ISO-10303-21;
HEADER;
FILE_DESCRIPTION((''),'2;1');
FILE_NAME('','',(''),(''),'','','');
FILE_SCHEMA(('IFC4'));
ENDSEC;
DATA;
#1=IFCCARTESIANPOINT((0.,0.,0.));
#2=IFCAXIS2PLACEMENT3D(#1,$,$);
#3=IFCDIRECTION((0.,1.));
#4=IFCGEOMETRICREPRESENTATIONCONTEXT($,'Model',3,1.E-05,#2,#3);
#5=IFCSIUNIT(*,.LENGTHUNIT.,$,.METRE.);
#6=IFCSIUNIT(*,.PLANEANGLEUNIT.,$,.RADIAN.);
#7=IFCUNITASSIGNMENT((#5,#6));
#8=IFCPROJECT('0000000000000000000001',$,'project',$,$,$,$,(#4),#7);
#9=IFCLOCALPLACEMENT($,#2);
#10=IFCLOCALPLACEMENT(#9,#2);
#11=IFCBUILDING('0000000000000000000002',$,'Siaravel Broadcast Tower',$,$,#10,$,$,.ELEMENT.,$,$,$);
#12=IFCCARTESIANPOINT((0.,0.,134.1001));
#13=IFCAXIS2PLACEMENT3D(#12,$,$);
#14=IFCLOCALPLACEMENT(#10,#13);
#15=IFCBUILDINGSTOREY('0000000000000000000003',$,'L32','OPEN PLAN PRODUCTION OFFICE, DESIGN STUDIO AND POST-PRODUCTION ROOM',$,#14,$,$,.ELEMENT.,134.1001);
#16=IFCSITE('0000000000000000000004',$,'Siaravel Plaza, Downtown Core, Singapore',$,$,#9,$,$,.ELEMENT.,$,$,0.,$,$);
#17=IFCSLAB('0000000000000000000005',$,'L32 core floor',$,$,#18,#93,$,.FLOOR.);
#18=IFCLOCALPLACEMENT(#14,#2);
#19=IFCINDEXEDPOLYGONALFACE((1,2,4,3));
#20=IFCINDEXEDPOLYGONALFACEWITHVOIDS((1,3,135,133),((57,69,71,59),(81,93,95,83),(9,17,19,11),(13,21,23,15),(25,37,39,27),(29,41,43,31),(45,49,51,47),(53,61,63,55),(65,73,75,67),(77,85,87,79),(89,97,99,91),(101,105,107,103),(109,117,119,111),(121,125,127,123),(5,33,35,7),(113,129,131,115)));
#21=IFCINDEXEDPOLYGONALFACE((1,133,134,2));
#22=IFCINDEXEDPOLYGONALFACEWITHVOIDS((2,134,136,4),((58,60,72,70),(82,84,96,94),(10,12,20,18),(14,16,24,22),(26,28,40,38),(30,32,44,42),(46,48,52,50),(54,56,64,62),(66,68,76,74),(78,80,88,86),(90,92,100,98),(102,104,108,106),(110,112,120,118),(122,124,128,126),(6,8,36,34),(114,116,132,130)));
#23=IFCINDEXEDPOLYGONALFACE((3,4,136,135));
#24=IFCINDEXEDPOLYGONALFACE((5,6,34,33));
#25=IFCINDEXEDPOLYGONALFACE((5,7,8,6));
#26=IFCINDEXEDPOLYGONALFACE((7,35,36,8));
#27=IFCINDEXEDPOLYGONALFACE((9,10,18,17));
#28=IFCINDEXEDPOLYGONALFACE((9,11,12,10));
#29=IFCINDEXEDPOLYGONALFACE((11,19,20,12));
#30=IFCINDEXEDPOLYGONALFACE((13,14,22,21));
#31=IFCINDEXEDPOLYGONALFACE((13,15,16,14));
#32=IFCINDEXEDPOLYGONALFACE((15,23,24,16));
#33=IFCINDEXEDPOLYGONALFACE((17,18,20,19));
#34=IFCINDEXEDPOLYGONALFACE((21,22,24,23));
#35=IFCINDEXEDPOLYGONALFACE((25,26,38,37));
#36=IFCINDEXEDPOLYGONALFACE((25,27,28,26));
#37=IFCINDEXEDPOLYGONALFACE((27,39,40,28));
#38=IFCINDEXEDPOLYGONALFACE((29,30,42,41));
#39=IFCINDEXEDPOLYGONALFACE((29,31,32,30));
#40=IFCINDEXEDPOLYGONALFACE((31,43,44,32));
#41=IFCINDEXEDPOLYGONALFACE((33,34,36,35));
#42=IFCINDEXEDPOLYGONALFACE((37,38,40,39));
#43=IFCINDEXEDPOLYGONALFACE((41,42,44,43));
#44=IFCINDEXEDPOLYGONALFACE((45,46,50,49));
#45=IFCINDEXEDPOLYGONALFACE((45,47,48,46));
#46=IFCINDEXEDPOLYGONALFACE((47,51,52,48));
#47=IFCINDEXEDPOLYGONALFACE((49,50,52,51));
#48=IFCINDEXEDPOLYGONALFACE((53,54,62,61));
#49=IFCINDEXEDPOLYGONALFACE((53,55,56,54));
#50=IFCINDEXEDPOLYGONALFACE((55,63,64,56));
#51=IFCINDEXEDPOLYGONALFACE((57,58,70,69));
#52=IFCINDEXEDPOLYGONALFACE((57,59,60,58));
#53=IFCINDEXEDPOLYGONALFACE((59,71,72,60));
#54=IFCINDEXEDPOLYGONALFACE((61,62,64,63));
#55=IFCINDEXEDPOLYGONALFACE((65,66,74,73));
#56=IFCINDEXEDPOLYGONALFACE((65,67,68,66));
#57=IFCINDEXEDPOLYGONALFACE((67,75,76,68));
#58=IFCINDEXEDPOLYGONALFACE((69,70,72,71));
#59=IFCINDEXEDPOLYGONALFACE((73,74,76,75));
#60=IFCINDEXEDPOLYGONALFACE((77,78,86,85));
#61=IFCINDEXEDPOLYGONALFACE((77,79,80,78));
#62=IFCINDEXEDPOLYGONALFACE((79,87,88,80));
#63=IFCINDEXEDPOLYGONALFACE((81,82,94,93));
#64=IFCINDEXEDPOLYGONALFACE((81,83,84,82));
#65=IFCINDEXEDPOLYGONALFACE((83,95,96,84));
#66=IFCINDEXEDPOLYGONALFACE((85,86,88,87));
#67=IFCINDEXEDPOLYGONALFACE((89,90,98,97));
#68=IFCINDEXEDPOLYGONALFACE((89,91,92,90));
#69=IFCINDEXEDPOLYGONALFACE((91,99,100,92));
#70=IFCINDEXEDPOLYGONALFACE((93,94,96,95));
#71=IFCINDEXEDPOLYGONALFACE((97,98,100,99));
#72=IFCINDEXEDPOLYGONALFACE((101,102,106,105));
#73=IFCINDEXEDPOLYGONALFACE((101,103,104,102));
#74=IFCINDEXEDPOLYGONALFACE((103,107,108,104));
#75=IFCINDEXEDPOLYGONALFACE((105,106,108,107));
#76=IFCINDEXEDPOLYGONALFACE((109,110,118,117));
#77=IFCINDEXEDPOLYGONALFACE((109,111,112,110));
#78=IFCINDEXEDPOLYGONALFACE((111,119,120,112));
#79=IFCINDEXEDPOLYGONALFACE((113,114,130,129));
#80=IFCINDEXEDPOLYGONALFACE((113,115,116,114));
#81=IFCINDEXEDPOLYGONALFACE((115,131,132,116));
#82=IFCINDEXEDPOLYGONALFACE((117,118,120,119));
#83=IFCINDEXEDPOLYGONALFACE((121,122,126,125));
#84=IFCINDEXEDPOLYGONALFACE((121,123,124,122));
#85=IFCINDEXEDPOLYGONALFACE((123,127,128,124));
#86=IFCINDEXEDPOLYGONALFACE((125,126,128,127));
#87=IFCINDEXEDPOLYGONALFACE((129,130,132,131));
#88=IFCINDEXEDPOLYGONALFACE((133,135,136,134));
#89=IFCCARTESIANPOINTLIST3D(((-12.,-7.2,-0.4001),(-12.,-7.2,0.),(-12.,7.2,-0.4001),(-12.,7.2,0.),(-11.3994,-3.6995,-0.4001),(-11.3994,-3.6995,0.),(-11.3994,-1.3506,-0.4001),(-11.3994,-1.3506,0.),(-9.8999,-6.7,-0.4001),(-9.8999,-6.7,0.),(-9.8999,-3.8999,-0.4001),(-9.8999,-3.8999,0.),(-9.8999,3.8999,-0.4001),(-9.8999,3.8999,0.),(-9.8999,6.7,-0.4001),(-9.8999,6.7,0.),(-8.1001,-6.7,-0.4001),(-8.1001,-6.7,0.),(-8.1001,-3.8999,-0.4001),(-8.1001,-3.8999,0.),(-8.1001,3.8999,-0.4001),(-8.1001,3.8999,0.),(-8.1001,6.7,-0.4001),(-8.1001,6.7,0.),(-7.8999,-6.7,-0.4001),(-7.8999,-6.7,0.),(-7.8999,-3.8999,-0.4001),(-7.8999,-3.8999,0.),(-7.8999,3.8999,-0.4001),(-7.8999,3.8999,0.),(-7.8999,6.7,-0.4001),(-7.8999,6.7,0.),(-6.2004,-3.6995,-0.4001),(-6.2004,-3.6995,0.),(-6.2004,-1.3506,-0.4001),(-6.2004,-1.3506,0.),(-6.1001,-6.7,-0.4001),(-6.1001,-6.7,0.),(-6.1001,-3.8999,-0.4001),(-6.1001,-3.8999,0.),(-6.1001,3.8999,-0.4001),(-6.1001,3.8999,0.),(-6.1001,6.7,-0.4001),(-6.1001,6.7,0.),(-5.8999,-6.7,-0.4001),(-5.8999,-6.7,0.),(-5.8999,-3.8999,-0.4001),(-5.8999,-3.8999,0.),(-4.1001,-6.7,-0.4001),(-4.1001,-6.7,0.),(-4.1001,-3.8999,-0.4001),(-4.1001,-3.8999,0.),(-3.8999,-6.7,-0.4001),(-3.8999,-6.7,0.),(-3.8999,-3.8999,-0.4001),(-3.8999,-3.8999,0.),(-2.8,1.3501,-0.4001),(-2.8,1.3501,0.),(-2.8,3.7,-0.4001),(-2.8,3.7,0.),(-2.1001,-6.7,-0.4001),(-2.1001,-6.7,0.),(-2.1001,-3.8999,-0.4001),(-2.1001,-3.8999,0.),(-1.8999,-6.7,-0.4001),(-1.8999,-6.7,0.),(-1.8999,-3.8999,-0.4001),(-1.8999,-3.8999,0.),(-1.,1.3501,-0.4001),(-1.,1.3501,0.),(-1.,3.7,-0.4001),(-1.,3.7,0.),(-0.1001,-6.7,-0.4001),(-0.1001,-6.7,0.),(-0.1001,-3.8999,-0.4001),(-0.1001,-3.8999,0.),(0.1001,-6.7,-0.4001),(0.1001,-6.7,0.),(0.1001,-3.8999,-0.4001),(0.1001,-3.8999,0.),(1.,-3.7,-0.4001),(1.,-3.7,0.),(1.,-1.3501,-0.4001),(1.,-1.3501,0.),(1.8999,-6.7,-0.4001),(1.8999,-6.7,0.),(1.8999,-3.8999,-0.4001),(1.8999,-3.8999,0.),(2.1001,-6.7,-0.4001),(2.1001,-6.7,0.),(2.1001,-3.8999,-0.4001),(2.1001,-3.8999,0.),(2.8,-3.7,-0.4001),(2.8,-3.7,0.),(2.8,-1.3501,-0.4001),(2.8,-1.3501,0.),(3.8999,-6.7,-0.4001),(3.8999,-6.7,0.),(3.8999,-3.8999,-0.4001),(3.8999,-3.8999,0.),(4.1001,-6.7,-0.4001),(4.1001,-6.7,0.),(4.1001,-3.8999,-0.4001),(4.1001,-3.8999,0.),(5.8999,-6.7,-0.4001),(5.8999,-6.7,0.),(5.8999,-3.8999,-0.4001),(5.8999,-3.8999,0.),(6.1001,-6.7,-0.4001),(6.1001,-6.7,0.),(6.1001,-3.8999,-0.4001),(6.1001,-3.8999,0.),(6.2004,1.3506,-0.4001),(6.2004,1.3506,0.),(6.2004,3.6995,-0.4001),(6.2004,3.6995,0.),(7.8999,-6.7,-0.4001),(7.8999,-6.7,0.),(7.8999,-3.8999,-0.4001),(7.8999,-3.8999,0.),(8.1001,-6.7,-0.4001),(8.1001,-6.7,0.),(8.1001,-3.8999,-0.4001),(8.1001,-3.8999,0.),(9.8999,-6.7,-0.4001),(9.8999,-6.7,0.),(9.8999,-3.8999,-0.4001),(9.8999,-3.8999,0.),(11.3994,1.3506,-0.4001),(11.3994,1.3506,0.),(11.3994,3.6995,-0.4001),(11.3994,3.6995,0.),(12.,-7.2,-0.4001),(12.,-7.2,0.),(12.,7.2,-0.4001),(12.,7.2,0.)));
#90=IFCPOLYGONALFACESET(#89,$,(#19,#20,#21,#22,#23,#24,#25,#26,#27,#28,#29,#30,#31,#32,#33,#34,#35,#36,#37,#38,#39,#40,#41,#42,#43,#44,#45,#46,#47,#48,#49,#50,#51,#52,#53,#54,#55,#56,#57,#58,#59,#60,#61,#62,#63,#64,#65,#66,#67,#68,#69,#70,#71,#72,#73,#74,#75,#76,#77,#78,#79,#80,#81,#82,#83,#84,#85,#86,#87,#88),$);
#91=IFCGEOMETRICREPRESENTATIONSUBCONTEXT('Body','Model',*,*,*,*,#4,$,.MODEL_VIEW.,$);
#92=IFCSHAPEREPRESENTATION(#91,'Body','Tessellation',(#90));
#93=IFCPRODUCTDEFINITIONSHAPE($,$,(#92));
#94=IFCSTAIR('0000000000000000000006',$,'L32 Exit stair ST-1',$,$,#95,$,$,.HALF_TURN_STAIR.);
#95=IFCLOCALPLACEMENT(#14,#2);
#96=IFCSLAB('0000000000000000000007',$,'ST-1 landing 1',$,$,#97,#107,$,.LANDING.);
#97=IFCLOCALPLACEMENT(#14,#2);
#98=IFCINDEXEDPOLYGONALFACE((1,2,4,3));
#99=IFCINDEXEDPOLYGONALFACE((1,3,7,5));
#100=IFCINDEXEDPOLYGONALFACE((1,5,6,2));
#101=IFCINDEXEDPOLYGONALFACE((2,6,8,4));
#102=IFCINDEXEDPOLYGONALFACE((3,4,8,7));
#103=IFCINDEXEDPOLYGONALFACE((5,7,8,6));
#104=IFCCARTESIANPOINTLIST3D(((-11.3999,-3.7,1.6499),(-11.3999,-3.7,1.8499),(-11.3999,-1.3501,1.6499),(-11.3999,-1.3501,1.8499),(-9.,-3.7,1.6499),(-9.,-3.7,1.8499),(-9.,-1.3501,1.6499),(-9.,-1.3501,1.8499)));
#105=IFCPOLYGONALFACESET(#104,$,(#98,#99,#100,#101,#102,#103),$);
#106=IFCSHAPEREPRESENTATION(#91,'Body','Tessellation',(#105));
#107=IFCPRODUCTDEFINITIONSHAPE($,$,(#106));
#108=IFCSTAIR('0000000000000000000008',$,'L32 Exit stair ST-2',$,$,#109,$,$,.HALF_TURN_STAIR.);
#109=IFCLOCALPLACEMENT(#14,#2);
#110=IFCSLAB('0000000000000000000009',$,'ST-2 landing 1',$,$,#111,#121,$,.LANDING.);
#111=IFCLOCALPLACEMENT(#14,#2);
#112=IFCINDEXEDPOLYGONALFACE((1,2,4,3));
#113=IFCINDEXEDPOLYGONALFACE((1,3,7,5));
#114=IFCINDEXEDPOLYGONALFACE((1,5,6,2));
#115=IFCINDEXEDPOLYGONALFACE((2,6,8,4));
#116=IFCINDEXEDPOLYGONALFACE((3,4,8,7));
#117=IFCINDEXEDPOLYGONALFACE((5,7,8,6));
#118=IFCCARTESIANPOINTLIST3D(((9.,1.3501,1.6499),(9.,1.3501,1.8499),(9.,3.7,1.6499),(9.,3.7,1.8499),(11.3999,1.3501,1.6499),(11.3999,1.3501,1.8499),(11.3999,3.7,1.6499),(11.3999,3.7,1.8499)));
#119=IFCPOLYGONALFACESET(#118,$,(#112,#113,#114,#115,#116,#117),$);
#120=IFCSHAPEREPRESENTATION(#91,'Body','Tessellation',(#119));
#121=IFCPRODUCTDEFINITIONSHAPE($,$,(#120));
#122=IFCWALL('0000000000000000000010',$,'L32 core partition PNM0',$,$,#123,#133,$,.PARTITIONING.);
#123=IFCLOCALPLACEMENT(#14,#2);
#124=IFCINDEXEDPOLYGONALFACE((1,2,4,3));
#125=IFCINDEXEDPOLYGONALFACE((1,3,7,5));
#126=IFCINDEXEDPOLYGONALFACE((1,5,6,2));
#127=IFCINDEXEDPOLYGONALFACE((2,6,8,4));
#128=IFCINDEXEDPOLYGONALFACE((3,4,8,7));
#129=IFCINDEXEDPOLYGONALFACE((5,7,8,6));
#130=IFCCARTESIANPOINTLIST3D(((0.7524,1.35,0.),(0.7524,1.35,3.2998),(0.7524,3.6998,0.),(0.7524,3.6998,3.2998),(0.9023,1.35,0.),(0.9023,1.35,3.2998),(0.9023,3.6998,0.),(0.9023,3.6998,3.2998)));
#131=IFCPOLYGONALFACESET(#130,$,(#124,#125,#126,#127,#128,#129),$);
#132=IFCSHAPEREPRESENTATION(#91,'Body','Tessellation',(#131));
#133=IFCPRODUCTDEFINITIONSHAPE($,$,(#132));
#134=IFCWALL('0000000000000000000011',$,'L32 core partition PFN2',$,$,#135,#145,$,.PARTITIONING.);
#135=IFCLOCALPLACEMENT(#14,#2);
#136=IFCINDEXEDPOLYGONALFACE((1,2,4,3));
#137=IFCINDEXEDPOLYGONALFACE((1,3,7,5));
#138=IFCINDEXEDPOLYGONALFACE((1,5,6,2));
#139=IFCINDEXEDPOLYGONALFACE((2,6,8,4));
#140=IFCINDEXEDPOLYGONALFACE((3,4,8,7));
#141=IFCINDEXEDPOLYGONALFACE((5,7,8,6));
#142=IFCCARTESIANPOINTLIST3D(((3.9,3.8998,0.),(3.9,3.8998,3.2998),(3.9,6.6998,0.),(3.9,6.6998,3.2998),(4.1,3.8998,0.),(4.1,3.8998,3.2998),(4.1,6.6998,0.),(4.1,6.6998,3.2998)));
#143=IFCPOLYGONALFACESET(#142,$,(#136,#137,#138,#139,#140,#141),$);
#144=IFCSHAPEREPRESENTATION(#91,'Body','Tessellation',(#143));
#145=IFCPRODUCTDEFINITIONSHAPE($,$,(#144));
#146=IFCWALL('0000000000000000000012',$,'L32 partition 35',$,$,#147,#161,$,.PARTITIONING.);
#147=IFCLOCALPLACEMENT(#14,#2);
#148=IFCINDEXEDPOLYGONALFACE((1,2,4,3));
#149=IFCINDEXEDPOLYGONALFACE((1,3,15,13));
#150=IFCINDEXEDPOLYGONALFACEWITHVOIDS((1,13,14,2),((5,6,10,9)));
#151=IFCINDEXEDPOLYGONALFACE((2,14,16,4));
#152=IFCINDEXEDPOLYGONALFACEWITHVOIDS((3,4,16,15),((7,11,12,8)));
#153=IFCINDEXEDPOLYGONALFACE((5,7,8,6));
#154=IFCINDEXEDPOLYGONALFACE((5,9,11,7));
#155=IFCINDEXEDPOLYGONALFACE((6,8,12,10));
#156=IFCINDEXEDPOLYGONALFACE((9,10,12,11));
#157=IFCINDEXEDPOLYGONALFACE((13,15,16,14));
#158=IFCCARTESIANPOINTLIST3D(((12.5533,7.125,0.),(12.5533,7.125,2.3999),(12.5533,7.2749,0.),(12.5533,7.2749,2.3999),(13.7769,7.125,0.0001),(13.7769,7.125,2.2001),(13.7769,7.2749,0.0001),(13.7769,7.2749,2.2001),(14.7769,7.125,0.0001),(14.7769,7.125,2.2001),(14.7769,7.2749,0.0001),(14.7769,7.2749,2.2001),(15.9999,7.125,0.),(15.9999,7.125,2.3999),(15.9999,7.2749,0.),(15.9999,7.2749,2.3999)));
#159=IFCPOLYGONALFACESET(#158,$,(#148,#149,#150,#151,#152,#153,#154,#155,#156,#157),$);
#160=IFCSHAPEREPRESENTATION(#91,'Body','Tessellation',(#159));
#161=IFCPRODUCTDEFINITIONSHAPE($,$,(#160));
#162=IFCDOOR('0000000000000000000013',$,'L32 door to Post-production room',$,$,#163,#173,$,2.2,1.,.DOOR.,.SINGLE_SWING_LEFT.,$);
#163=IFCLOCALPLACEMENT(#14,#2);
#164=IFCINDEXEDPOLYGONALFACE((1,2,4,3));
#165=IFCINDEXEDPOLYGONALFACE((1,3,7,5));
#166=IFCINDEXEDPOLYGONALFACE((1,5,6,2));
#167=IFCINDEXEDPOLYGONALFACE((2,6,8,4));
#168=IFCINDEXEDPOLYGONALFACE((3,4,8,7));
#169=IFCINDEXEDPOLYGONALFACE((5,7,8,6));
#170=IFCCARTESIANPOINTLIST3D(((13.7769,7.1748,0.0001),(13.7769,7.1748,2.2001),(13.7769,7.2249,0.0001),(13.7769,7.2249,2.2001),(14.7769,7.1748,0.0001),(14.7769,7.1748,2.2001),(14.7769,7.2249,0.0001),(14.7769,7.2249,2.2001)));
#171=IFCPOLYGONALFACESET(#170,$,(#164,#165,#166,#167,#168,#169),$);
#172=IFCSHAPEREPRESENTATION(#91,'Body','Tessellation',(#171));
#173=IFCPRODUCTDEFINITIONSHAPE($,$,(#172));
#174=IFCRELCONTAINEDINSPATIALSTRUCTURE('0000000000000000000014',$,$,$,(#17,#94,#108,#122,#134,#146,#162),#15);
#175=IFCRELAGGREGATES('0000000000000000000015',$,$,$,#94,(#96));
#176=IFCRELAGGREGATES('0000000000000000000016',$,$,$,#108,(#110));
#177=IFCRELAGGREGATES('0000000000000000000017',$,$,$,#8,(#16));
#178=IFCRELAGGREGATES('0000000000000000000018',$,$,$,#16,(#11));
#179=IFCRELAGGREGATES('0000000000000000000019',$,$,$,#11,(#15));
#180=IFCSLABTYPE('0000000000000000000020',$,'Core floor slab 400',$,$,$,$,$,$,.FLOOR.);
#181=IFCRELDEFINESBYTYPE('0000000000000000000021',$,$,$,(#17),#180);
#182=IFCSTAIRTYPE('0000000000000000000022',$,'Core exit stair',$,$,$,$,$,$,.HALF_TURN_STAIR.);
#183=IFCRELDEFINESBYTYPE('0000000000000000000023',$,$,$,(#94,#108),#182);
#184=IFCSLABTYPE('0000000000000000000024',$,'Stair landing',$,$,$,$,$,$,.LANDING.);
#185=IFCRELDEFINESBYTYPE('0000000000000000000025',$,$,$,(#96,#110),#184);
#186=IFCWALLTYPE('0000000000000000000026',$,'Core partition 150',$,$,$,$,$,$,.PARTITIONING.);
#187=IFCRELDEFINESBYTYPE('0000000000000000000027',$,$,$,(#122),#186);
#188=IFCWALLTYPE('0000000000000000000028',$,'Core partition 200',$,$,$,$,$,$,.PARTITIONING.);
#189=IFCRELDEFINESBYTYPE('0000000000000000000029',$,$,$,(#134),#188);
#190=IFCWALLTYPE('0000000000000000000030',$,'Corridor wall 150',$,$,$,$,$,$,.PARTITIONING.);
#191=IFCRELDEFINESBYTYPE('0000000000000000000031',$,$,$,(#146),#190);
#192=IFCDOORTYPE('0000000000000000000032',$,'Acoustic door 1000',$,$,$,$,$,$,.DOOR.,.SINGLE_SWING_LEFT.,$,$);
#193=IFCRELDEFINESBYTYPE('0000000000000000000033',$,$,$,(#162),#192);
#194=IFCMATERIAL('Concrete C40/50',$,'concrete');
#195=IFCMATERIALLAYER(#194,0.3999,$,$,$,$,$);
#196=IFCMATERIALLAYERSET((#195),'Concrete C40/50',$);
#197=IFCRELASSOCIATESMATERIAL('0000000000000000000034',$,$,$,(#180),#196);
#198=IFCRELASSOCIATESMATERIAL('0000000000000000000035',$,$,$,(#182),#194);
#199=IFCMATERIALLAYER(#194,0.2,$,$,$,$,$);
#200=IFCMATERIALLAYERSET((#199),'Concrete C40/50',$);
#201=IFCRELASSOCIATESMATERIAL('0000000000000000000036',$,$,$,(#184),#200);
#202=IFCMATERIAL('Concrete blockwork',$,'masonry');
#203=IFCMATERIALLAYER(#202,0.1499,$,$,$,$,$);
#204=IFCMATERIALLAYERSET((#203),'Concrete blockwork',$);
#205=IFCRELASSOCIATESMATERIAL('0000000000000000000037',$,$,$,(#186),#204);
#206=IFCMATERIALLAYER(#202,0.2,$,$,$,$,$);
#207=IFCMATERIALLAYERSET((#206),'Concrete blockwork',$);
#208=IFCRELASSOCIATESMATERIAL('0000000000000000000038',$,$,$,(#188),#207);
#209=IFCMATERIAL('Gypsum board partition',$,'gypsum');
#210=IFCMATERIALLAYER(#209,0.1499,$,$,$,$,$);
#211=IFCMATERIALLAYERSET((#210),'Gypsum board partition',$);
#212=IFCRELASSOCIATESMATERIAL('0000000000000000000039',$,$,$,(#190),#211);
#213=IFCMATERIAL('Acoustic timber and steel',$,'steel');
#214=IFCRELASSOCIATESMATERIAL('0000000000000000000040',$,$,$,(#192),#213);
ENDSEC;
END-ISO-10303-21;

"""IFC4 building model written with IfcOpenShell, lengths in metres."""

from ifc_helpers import new_model, si_unit, direction, frame, frame_2d, origin, place, context, subcontext, project, spatial, polyline, rectangle, outline, extrude, material, layer, layer_set, type_object, element, fill, aggregate, save


model = new_model("IFC4")

# Units and contexts
model_context = context("Model", 3, precision=1e-05, world=origin(), true_north=direction((0.0, 1.0)))
body_context = subcontext(model_context, "Body", "Model", "MODEL_VIEW")
ifc_project = project(units=[si_unit("LENGTHUNIT", "METRE"), si_unit("PLANEANGLEUNIT", "RADIAN")], contexts=[model_context])

# Site, building, storey
site_placement = place(None, origin())
site = spatial("IfcSite", under=ifc_project, at=site_placement, Name="Siaravel Plaza, Downtown Core, Singapore", CompositionType="ELEMENT", RefElevation=0.0)
building_placement = place(site_placement, origin())
building = spatial("IfcBuilding", under=site, at=building_placement, Name="Siaravel Broadcast Tower", CompositionType="ELEMENT")
storey_placement = place(building_placement, frame((0.0, 0.0, 134.1001)))
storey = spatial("IfcBuildingStorey", under=building, at=storey_placement, Name="L32", Description="OPEN PLAN PRODUCTION OFFICE, DESIGN STUDIO AND POST-PRODUCTION ROOM", CompositionType="ELEMENT", Elevation=134.1001)

# Slab
ifc_material_1 = material(Name="Concrete C40/50", Category="concrete")
ifc_layer_1 = layer(ifc_material_1, 0.3999)
ifc_layer_set_1 = layer_set([ifc_layer_1], Name="Concrete C40/50")
slab_type_1 = type_object("IfcSlabType", Name="Core floor slab 400", PredefinedType="FLOOR", material=ifc_layer_set_1)
slab_1_placement = place(storey_placement, frame((0.0, 0.0, -0.4001)))
element("IfcSlab", 1, at=slab_1_placement, inside=storey, type_object=slab_type_1, Name="L32 core floor", PredefinedType="FLOOR", context=body_context, shape_type="SweptSolid", body=[
    extrude(outline(polyline([(-12.0, -7.2), (-12.0, 7.2), (12.0, 7.2), (12.0, -7.2), (-12.0, -7.2)]), holes=[polyline([(11.3994, 1.3506), (11.3994, 3.6995), (6.2004, 3.6995), (6.2004, 1.3506), (11.3994, 1.3506)]), polyline([(9.8999, -3.8999), (8.1001, -3.8999), (8.1001, -6.7), (9.8999, -6.7), (9.8999, -3.8999)]), polyline([(7.8999, -3.8999), (6.1001, -3.8999), (6.1001, -6.7), (7.8999, -6.7), (7.8999, -3.8999)]), polyline([(5.8999, -3.8999), (4.1001, -3.8999), (4.1001, -6.7), (5.8999, -6.7), (5.8999, -3.8999)]), polyline([(3.8999, -3.8999), (2.1001, -3.8999), (2.1001, -6.7), (3.8999, -6.7), (3.8999, -3.8999)]), polyline([(2.8, -1.3501), (1.0, -1.3501), (1.0, -3.7), (2.8, -3.7), (2.8, -1.3501)]), polyline([(1.8999, -3.8999), (0.1001, -3.8999), (0.1001, -6.7), (1.8999, -6.7), (1.8999, -3.8999)]), polyline([(-0.1001, -3.8999), (-1.8999, -3.8999), (-1.8999, -6.7), (-0.1001, -6.7), (-0.1001, -3.8999)]), polyline([(-1.0, 3.7), (-2.8, 3.7), (-2.8, 1.3501), (-1.0, 1.3501), (-1.0, 3.7)]), polyline([(-2.1001, -3.8999), (-3.8999, -3.8999), (-3.8999, -6.7), (-2.1001, -6.7), (-2.1001, -3.8999)]), polyline([(-4.1001, -3.8999), (-5.8999, -3.8999), (-5.8999, -6.7), (-4.1001, -6.7), (-4.1001, -3.8999)]), polyline([(-6.1001, -3.8999), (-7.8999, -3.8999), (-7.8999, -6.7), (-6.1001, -6.7), (-6.1001, -3.8999)]), polyline([(-6.1001, 6.7), (-7.8999, 6.7), (-7.8999, 3.8999), (-6.1001, 3.8999), (-6.1001, 6.7)]), polyline([(-11.3994, -1.3506), (-11.3994, -3.6995), (-6.2004, -3.6995), (-6.2004, -1.3506), (-11.3994, -1.3506)]), polyline([(-8.1001, -3.8999), (-9.8999, -3.8999), (-9.8999, -6.7), (-8.1001, -6.7), (-8.1001, -3.8999)]), polyline([(-8.1001, 6.7), (-9.8999, 6.7), (-9.8999, 3.8999), (-8.1001, 3.8999), (-8.1001, 6.7)])]), origin(), (0.0, 0.0, 1.0), 0.4001),
])

# Stairs, slabs
stair_type = type_object("IfcStairType", Name="Core exit stair", PredefinedType="HALF_TURN_STAIR", material=ifc_material_1)
stair_1_placement = place(storey_placement, origin())
stair_1 = element("IfcStair", 2, at=stair_1_placement, inside=storey, type_object=stair_type, Name="L32 Exit stair ST-1", PredefinedType="HALF_TURN_STAIR")
ifc_layer_2 = layer(ifc_material_1, 0.2)
ifc_layer_set_2 = layer_set([ifc_layer_2], Name="Concrete C40/50")
slab_type_2 = type_object("IfcSlabType", Name="Stair landing", PredefinedType="LANDING", material=ifc_layer_set_2)
slab_2_placement = place(storey_placement, frame((0.0, 0.0, 1.6499)))
slab_2 = element("IfcSlab", 3, at=slab_2_placement, type_object=slab_type_2, Name="ST-1 landing 1", PredefinedType="LANDING", context=body_context, shape_type="SweptSolid", body=[
    extrude(outline(polyline([(-9.0, -1.3501), (-11.3999, -1.3501), (-11.3999, -3.7), (-9.0, -3.7), (-9.0, -1.3501)])), origin(), (0.0, 0.0, 1.0), 0.2),
])
aggregate(stair_1, [slab_2])
stair_2_placement = place(storey_placement, origin())
stair_2 = element("IfcStair", 4, at=stair_2_placement, inside=storey, type_object=stair_type, Name="L32 Exit stair ST-2", PredefinedType="HALF_TURN_STAIR")
slab_3_placement = place(storey_placement, frame((0.0, 0.0, 1.6499)))
slab_3 = element("IfcSlab", 5, at=slab_3_placement, type_object=slab_type_2, Name="ST-2 landing 1", PredefinedType="LANDING", context=body_context, shape_type="SweptSolid", body=[
    extrude(outline(polyline([(9.0, 1.3501), (11.3999, 1.3501), (11.3999, 3.7), (9.0, 3.7), (9.0, 1.3501)])), origin(), (0.0, 0.0, 1.0), 0.2),
])

# Walls
ifc_material_2 = material(Name="Concrete blockwork", Category="masonry")
ifc_layer_3 = layer(ifc_material_2, 0.1499)
ifc_layer_set_3 = layer_set([ifc_layer_3], Name="Concrete blockwork")
wall_type_1 = type_object("IfcWallType", Name="Core partition 150", PredefinedType="PARTITIONING", material=ifc_layer_set_3)
wall_1_placement = place(storey_placement, frame((0.8274, 1.3501, 0.0), z_axis=(0.0, 0.0, 1.0), x_axis=(0.0, 1.0, 0.0)))
element("IfcWall", 6, at=wall_1_placement, inside=storey, type_object=wall_type_1, Name="L32 core partition PNM0", PredefinedType="PARTITIONING", context=body_context, shape_type="SweptSolid", body=[
    extrude(rectangle(XDim=2.3499, YDim=0.1499, at=frame_2d((1.1748, 0.0))), origin(), (0.0, 0.0, 1.0), 3.2998),
])
ifc_layer_4 = layer(ifc_material_2, 0.2)
ifc_layer_set_4 = layer_set([ifc_layer_4], Name="Concrete blockwork")
wall_type_2 = type_object("IfcWallType", Name="Core partition 200", PredefinedType="PARTITIONING", material=ifc_layer_set_4)
wall_2_placement = place(storey_placement, frame((4.0, 3.8999, 0.0), z_axis=(0.0, 0.0, 1.0), x_axis=(0.0, 1.0, 0.0)))
element("IfcWall", 7, at=wall_2_placement, inside=storey, type_object=wall_type_2, Name="L32 core partition PFN2", PredefinedType="PARTITIONING", context=body_context, shape_type="SweptSolid", body=[
    extrude(rectangle(XDim=2.8, YDim=0.2, at=frame_2d((1.3999, 0.0))), origin(), (0.0, 0.0, 1.0), 3.2998),
])

# Wall, opening, door
ifc_material_3 = material(Name="Gypsum board partition", Category="gypsum")
ifc_layer_5 = layer(ifc_material_3, 0.1499)
ifc_layer_set_5 = layer_set([ifc_layer_5], Name="Gypsum board partition")
wall_type_3 = type_object("IfcWallType", Name="Corridor wall 150", PredefinedType="PARTITIONING", material=ifc_layer_set_5)
wall_3_placement = place(storey_placement, frame((12.5535, 7.2, 0.0), z_axis=(0.0, 0.0, 1.0), x_axis=(1.0, 0.0, 0.0)))
wall_3 = element("IfcWall", 8, at=wall_3_placement, inside=storey, type_object=wall_type_3, Name="L32 partition 35", PredefinedType="PARTITIONING", context=body_context, shape_type="SweptSolid", body=[
    extrude(rectangle(XDim=3.4465, YDim=0.1499, at=frame_2d((1.7231, 0.0))), origin(), (0.0, 0.0, 1.0), 2.3999),
])
opening_1_placement = place(wall_3_placement, frame((1.2234, 0.0, 0.0)))
opening_1 = element("IfcOpeningElement", 9, at=opening_1_placement, cuts=wall_3, PredefinedType="OPENING", context=body_context, shape_type="SweptSolid", body=[
    extrude(rectangle(XDim=1.0, YDim=2.2, at=frame_2d((0.5, 1.1001))), frame((0.0, 0.085, 0.0), z_axis=(0.0, -1.0, 0.0), x_axis=(1.0, 0.0, 0.0)), (0.0, 0.0, 1.0), 0.1699),
])
ifc_material_4 = material(Name="Acoustic timber and steel", Category="steel")
door_type_1 = type_object("IfcDoorType", Name="Acoustic door 1000", OperationType="SINGLE_SWING_LEFT", PredefinedType="DOOR", material=ifc_material_4)
door_1_placement = place(opening_1_placement, origin())
door_1 = element("IfcDoor", 10, at=door_1_placement, inside=storey, type_object=door_type_1, Name="L32 door to Post-production room", OperationType="SINGLE_SWING_LEFT", OverallHeight=2.2, OverallWidth=1.0, PredefinedType="DOOR", context=body_context, shape_type="SweptSolid", body=[
    extrude(rectangle(XDim=1.0, YDim=2.2, at=frame_2d((0.5, 1.1001))), frame((0.0, 0.0249, 0.0), z_axis=(0.0, -1.0, 0.0), x_axis=(1.0, 0.0, 0.0)), (0.0, 0.0, 1.0), 0.05),
])
fill(opening_1, door_1)

aggregate(stair_2, [slab_3])

save(model, "model.ifc")
